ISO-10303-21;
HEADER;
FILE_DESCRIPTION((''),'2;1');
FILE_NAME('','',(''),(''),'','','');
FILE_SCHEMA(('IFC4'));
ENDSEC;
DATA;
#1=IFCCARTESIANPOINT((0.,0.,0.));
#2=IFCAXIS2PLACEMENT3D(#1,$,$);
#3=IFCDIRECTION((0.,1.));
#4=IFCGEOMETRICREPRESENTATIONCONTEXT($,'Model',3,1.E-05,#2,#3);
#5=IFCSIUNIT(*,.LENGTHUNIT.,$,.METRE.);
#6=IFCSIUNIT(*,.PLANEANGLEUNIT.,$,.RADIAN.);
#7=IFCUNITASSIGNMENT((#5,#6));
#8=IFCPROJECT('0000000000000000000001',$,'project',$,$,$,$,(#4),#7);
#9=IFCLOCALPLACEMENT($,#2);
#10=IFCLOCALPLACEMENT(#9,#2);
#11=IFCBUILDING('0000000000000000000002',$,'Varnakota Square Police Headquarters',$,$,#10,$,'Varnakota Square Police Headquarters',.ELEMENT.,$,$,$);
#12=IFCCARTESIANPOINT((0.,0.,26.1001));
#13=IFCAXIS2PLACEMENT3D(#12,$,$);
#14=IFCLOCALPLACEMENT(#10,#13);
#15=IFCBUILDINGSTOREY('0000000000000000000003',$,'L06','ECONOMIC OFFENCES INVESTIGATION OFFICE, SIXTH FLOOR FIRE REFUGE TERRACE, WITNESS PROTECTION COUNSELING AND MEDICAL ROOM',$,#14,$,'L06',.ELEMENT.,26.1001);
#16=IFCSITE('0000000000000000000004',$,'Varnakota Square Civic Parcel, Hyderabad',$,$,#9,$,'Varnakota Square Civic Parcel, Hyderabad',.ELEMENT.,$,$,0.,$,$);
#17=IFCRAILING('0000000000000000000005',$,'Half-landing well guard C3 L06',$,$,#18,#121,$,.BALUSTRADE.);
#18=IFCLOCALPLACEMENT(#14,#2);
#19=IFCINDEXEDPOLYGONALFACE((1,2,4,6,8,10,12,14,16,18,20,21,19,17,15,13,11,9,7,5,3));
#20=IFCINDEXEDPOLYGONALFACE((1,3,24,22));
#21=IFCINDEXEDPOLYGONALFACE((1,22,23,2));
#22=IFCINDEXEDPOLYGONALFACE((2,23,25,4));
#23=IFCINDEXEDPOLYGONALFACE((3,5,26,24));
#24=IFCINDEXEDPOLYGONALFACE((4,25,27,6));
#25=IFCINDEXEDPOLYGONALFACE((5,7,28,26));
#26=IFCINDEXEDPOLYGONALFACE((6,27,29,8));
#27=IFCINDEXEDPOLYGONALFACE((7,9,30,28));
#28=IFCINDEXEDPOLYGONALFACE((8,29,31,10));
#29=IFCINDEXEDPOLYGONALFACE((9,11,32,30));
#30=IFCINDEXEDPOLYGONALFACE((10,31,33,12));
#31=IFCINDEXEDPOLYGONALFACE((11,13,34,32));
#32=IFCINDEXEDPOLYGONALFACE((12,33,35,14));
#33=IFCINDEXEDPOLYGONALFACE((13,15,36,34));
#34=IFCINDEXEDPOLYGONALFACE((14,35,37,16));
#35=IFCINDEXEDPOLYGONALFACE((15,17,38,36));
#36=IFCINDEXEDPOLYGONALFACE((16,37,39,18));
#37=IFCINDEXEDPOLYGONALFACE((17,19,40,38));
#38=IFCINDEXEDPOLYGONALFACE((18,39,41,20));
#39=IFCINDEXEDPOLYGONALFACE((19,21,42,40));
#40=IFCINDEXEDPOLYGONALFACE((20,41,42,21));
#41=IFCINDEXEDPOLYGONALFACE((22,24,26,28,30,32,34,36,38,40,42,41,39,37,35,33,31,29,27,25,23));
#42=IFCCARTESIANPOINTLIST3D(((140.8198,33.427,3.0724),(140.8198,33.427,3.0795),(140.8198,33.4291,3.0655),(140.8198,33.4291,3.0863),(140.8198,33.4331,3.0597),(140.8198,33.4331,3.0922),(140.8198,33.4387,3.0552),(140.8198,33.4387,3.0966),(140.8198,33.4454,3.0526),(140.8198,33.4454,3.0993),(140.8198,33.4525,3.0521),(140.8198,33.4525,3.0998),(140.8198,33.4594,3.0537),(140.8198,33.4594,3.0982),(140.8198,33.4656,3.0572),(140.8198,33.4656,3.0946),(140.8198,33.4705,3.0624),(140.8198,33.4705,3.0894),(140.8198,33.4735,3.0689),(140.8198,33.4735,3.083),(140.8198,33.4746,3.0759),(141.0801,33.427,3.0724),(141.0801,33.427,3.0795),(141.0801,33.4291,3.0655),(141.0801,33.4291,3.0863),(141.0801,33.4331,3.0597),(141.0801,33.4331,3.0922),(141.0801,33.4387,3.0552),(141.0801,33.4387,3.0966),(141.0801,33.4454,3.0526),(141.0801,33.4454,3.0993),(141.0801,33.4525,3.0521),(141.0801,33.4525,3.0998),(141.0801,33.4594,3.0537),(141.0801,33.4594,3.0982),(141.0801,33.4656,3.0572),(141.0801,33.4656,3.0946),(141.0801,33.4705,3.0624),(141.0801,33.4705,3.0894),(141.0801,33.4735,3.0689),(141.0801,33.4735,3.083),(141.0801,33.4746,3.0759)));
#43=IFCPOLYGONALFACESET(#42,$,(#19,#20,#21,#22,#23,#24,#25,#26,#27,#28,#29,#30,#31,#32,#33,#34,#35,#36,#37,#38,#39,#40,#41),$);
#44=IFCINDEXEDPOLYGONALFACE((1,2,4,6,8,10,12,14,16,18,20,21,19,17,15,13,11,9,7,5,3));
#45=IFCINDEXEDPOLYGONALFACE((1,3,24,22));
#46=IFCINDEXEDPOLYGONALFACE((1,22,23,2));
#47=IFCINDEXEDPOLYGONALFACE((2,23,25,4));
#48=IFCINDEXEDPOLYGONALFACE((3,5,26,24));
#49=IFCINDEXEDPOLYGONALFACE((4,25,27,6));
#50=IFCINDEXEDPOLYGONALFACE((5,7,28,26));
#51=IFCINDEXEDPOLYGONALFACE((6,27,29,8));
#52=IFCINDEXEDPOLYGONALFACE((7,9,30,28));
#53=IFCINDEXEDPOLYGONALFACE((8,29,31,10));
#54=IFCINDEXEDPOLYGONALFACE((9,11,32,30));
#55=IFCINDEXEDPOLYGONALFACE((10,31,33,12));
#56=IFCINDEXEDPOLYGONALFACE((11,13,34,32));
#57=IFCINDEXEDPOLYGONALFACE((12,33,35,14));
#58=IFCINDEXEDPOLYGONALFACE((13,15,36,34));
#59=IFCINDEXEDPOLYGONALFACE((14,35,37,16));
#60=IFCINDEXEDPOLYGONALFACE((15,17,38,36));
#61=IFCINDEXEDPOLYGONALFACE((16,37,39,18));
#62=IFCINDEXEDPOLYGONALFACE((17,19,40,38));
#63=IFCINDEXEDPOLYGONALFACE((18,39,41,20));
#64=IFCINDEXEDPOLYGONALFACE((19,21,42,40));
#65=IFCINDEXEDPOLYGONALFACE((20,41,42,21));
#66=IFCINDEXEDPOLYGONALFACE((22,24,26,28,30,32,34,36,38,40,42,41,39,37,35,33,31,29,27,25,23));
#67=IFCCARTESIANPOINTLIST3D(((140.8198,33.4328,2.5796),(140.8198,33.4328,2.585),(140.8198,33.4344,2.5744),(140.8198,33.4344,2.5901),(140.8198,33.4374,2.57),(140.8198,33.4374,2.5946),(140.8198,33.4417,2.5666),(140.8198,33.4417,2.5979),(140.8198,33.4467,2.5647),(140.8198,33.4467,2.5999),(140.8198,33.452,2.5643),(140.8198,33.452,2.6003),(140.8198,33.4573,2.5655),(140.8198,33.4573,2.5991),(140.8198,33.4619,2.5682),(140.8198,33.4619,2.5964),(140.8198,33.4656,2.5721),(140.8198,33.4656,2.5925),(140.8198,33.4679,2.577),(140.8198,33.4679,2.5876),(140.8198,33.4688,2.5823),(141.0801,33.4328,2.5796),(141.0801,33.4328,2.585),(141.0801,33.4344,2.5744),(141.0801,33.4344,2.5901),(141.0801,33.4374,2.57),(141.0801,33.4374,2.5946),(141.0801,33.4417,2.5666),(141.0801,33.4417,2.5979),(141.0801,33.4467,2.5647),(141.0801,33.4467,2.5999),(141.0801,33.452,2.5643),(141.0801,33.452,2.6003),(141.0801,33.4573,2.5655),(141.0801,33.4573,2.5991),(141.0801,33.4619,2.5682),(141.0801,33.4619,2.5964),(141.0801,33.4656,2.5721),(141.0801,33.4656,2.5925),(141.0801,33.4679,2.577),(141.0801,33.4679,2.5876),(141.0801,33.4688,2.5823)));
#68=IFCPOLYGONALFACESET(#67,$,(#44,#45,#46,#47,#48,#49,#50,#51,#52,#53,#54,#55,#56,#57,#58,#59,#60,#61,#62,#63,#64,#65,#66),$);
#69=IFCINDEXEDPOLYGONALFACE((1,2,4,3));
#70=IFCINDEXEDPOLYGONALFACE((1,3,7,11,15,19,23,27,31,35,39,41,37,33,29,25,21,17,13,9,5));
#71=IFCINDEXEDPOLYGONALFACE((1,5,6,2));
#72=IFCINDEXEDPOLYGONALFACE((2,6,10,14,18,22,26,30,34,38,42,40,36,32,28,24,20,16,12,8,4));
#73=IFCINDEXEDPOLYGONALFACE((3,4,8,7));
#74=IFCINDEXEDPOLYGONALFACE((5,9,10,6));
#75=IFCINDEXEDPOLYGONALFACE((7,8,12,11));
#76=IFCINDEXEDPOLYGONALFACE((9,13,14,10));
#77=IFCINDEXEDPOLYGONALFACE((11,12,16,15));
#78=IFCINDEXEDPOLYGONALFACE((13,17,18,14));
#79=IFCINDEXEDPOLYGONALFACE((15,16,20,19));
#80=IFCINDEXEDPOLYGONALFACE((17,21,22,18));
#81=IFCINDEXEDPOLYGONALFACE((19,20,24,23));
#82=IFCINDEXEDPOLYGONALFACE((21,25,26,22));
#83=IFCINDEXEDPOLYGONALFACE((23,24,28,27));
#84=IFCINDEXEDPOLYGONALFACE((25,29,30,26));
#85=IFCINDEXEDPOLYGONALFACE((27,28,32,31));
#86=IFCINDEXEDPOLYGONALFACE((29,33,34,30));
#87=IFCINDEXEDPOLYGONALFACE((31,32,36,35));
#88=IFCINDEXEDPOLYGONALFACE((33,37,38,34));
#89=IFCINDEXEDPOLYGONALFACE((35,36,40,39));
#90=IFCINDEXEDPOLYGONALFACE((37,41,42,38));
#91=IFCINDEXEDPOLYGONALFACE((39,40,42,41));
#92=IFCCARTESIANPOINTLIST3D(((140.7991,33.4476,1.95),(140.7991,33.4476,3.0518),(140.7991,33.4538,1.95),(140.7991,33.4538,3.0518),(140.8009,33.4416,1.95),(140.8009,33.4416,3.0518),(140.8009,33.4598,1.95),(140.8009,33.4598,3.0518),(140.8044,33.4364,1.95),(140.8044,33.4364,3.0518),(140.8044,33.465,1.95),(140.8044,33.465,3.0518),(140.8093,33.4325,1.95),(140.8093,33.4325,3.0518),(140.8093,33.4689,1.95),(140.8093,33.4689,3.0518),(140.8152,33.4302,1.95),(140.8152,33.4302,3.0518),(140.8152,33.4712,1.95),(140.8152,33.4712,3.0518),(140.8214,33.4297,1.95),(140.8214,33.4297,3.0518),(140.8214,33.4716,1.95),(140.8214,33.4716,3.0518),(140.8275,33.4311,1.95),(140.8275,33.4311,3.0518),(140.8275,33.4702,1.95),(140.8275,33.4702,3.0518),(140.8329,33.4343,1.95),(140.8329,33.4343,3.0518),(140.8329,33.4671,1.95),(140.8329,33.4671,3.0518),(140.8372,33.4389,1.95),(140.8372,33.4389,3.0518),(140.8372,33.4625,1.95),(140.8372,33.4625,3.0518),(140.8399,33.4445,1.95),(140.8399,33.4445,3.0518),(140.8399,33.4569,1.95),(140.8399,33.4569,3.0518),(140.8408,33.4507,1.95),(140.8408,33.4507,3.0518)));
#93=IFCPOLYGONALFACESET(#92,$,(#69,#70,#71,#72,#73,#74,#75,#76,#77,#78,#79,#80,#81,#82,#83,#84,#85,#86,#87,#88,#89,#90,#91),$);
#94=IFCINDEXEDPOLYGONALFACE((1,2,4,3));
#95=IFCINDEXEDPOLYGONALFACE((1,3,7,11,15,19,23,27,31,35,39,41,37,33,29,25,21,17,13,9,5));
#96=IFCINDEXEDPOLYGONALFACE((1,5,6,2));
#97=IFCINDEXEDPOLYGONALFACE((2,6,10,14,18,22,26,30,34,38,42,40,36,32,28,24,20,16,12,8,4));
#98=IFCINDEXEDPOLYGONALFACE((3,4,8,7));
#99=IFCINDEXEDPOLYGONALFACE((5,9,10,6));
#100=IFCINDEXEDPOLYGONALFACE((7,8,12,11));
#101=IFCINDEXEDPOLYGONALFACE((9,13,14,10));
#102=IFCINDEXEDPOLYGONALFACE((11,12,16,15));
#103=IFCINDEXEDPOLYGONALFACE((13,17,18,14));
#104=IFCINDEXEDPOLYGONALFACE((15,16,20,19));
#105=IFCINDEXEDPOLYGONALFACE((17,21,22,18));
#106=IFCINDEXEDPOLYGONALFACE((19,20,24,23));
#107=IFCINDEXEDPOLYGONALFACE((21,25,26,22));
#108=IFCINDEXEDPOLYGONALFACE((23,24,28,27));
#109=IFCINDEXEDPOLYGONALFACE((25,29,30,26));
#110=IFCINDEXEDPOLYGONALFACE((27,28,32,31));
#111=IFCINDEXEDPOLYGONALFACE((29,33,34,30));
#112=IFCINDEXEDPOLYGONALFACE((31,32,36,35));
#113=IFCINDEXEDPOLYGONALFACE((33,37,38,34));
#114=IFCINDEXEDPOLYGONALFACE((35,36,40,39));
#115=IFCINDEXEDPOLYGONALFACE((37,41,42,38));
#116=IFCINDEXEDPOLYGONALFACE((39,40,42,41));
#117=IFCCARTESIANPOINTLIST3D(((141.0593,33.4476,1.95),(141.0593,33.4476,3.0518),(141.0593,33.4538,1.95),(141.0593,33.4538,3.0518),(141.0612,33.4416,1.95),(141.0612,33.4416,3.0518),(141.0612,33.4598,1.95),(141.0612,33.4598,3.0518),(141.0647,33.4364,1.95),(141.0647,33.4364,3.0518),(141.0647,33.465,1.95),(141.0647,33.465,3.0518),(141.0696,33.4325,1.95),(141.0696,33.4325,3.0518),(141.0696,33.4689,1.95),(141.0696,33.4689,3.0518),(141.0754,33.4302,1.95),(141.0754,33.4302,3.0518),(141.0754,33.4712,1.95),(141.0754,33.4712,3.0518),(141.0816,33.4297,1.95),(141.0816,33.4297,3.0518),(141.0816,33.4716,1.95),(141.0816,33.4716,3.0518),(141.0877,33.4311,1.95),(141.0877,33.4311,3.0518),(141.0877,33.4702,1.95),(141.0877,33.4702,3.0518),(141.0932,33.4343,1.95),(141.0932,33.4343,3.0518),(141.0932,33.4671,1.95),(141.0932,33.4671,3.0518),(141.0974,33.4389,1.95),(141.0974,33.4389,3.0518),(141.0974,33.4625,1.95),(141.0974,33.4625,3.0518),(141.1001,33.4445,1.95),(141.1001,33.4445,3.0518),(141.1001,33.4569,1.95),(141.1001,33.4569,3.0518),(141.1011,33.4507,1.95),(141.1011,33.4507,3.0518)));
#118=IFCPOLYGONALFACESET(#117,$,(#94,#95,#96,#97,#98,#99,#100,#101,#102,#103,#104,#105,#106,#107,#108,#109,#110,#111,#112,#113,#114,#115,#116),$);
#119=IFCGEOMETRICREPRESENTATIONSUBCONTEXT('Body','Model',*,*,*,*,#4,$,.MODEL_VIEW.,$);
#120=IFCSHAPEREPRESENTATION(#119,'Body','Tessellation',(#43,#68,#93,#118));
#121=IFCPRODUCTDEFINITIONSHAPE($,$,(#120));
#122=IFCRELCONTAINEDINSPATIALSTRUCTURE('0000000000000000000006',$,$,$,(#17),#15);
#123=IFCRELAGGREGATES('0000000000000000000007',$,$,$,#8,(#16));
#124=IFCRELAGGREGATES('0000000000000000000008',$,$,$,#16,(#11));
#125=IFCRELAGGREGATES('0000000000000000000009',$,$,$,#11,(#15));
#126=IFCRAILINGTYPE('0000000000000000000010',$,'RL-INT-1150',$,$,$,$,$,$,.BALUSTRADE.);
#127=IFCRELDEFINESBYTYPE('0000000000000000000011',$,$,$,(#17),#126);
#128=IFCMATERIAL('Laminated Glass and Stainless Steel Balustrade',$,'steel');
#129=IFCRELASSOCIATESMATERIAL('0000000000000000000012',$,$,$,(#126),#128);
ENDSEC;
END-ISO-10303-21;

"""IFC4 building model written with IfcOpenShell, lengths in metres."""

from ifc_helpers import new_model, si_unit, direction, frame, origin, origin_2d, place, context, subcontext, project, spatial, circle, extrude, material, type_object, element, save


model = new_model("IFC4")

# Units and contexts
model_context = context("Model", 3, precision=1e-05, world=origin(), true_north=direction((0.0, 1.0)))
body_context = subcontext(model_context, "Body", "Model", "MODEL_VIEW")
ifc_project = project(units=[si_unit("LENGTHUNIT", "METRE"), si_unit("PLANEANGLEUNIT", "RADIAN")], contexts=[model_context])

# Site, building, storey
site_placement = place(None, origin())
site = spatial("IfcSite", under=ifc_project, at=site_placement, Name="Varnakota Square Civic Parcel, Hyderabad", LongName="Varnakota Square Civic Parcel, Hyderabad", CompositionType="ELEMENT", RefElevation=0.0)
building_placement = place(site_placement, origin())
building = spatial("IfcBuilding", under=site, at=building_placement, Name="Varnakota Square Police Headquarters", LongName="Varnakota Square Police Headquarters", CompositionType="ELEMENT")
storey_placement = place(building_placement, frame((0.0, 0.0, 26.1001)))
storey = spatial("IfcBuildingStorey", under=building, at=storey_placement, Name="L06", Description="ECONOMIC OFFENCES INVESTIGATION OFFICE, SIXTH FLOOR FIRE REFUGE TERRACE, WITNESS PROTECTION COUNSELING AND MEDICAL ROOM", LongName="L06", CompositionType="ELEMENT", Elevation=26.1001)

# Railing
ifc_material_1 = material(Name="Laminated Glass and Stainless Steel Balustrade", Category="steel")
railing_type_1 = type_object("IfcRailingType", Name="RL-INT-1150", PredefinedType="BALUSTRADE", material=ifc_material_1)
railing_1_placement = place(storey_placement, frame((140.8198, 33.4507, 1.95)))
element("IfcRailing", 1, at=railing_1_placement, inside=storey, type_object=railing_type_1, Name="Half-landing well guard C3 L06", PredefinedType="BALUSTRADE", context=body_context, shape_type="SweptSolid", body=[
    extrude(circle(Radius=0.0239, at=origin_2d()), frame((0.0, 0.0, 1.126), z_axis=(1.0, 0.0, 0.0), x_axis=(0.0, 1.0, 0.0)), (0.0, 0.0, 1.0), 0.2603),
    extrude(circle(Radius=0.0181, at=origin_2d()), frame((0.0, 0.0, 0.6323), z_axis=(1.0, 0.0, 0.0), x_axis=(0.0, 1.0, 0.0)), (0.0, 0.0, 1.0), 0.2603),
    extrude(circle(Radius=0.021, at=origin_2d()), origin(), (0.0, 0.0, 1.0), 1.1018),
    extrude(circle(Radius=0.021, at=origin_2d()), frame((0.2603, 0.0, 0.0)), (0.0, 0.0, 1.0), 1.1018),
])

save(model, "model.ifc")
